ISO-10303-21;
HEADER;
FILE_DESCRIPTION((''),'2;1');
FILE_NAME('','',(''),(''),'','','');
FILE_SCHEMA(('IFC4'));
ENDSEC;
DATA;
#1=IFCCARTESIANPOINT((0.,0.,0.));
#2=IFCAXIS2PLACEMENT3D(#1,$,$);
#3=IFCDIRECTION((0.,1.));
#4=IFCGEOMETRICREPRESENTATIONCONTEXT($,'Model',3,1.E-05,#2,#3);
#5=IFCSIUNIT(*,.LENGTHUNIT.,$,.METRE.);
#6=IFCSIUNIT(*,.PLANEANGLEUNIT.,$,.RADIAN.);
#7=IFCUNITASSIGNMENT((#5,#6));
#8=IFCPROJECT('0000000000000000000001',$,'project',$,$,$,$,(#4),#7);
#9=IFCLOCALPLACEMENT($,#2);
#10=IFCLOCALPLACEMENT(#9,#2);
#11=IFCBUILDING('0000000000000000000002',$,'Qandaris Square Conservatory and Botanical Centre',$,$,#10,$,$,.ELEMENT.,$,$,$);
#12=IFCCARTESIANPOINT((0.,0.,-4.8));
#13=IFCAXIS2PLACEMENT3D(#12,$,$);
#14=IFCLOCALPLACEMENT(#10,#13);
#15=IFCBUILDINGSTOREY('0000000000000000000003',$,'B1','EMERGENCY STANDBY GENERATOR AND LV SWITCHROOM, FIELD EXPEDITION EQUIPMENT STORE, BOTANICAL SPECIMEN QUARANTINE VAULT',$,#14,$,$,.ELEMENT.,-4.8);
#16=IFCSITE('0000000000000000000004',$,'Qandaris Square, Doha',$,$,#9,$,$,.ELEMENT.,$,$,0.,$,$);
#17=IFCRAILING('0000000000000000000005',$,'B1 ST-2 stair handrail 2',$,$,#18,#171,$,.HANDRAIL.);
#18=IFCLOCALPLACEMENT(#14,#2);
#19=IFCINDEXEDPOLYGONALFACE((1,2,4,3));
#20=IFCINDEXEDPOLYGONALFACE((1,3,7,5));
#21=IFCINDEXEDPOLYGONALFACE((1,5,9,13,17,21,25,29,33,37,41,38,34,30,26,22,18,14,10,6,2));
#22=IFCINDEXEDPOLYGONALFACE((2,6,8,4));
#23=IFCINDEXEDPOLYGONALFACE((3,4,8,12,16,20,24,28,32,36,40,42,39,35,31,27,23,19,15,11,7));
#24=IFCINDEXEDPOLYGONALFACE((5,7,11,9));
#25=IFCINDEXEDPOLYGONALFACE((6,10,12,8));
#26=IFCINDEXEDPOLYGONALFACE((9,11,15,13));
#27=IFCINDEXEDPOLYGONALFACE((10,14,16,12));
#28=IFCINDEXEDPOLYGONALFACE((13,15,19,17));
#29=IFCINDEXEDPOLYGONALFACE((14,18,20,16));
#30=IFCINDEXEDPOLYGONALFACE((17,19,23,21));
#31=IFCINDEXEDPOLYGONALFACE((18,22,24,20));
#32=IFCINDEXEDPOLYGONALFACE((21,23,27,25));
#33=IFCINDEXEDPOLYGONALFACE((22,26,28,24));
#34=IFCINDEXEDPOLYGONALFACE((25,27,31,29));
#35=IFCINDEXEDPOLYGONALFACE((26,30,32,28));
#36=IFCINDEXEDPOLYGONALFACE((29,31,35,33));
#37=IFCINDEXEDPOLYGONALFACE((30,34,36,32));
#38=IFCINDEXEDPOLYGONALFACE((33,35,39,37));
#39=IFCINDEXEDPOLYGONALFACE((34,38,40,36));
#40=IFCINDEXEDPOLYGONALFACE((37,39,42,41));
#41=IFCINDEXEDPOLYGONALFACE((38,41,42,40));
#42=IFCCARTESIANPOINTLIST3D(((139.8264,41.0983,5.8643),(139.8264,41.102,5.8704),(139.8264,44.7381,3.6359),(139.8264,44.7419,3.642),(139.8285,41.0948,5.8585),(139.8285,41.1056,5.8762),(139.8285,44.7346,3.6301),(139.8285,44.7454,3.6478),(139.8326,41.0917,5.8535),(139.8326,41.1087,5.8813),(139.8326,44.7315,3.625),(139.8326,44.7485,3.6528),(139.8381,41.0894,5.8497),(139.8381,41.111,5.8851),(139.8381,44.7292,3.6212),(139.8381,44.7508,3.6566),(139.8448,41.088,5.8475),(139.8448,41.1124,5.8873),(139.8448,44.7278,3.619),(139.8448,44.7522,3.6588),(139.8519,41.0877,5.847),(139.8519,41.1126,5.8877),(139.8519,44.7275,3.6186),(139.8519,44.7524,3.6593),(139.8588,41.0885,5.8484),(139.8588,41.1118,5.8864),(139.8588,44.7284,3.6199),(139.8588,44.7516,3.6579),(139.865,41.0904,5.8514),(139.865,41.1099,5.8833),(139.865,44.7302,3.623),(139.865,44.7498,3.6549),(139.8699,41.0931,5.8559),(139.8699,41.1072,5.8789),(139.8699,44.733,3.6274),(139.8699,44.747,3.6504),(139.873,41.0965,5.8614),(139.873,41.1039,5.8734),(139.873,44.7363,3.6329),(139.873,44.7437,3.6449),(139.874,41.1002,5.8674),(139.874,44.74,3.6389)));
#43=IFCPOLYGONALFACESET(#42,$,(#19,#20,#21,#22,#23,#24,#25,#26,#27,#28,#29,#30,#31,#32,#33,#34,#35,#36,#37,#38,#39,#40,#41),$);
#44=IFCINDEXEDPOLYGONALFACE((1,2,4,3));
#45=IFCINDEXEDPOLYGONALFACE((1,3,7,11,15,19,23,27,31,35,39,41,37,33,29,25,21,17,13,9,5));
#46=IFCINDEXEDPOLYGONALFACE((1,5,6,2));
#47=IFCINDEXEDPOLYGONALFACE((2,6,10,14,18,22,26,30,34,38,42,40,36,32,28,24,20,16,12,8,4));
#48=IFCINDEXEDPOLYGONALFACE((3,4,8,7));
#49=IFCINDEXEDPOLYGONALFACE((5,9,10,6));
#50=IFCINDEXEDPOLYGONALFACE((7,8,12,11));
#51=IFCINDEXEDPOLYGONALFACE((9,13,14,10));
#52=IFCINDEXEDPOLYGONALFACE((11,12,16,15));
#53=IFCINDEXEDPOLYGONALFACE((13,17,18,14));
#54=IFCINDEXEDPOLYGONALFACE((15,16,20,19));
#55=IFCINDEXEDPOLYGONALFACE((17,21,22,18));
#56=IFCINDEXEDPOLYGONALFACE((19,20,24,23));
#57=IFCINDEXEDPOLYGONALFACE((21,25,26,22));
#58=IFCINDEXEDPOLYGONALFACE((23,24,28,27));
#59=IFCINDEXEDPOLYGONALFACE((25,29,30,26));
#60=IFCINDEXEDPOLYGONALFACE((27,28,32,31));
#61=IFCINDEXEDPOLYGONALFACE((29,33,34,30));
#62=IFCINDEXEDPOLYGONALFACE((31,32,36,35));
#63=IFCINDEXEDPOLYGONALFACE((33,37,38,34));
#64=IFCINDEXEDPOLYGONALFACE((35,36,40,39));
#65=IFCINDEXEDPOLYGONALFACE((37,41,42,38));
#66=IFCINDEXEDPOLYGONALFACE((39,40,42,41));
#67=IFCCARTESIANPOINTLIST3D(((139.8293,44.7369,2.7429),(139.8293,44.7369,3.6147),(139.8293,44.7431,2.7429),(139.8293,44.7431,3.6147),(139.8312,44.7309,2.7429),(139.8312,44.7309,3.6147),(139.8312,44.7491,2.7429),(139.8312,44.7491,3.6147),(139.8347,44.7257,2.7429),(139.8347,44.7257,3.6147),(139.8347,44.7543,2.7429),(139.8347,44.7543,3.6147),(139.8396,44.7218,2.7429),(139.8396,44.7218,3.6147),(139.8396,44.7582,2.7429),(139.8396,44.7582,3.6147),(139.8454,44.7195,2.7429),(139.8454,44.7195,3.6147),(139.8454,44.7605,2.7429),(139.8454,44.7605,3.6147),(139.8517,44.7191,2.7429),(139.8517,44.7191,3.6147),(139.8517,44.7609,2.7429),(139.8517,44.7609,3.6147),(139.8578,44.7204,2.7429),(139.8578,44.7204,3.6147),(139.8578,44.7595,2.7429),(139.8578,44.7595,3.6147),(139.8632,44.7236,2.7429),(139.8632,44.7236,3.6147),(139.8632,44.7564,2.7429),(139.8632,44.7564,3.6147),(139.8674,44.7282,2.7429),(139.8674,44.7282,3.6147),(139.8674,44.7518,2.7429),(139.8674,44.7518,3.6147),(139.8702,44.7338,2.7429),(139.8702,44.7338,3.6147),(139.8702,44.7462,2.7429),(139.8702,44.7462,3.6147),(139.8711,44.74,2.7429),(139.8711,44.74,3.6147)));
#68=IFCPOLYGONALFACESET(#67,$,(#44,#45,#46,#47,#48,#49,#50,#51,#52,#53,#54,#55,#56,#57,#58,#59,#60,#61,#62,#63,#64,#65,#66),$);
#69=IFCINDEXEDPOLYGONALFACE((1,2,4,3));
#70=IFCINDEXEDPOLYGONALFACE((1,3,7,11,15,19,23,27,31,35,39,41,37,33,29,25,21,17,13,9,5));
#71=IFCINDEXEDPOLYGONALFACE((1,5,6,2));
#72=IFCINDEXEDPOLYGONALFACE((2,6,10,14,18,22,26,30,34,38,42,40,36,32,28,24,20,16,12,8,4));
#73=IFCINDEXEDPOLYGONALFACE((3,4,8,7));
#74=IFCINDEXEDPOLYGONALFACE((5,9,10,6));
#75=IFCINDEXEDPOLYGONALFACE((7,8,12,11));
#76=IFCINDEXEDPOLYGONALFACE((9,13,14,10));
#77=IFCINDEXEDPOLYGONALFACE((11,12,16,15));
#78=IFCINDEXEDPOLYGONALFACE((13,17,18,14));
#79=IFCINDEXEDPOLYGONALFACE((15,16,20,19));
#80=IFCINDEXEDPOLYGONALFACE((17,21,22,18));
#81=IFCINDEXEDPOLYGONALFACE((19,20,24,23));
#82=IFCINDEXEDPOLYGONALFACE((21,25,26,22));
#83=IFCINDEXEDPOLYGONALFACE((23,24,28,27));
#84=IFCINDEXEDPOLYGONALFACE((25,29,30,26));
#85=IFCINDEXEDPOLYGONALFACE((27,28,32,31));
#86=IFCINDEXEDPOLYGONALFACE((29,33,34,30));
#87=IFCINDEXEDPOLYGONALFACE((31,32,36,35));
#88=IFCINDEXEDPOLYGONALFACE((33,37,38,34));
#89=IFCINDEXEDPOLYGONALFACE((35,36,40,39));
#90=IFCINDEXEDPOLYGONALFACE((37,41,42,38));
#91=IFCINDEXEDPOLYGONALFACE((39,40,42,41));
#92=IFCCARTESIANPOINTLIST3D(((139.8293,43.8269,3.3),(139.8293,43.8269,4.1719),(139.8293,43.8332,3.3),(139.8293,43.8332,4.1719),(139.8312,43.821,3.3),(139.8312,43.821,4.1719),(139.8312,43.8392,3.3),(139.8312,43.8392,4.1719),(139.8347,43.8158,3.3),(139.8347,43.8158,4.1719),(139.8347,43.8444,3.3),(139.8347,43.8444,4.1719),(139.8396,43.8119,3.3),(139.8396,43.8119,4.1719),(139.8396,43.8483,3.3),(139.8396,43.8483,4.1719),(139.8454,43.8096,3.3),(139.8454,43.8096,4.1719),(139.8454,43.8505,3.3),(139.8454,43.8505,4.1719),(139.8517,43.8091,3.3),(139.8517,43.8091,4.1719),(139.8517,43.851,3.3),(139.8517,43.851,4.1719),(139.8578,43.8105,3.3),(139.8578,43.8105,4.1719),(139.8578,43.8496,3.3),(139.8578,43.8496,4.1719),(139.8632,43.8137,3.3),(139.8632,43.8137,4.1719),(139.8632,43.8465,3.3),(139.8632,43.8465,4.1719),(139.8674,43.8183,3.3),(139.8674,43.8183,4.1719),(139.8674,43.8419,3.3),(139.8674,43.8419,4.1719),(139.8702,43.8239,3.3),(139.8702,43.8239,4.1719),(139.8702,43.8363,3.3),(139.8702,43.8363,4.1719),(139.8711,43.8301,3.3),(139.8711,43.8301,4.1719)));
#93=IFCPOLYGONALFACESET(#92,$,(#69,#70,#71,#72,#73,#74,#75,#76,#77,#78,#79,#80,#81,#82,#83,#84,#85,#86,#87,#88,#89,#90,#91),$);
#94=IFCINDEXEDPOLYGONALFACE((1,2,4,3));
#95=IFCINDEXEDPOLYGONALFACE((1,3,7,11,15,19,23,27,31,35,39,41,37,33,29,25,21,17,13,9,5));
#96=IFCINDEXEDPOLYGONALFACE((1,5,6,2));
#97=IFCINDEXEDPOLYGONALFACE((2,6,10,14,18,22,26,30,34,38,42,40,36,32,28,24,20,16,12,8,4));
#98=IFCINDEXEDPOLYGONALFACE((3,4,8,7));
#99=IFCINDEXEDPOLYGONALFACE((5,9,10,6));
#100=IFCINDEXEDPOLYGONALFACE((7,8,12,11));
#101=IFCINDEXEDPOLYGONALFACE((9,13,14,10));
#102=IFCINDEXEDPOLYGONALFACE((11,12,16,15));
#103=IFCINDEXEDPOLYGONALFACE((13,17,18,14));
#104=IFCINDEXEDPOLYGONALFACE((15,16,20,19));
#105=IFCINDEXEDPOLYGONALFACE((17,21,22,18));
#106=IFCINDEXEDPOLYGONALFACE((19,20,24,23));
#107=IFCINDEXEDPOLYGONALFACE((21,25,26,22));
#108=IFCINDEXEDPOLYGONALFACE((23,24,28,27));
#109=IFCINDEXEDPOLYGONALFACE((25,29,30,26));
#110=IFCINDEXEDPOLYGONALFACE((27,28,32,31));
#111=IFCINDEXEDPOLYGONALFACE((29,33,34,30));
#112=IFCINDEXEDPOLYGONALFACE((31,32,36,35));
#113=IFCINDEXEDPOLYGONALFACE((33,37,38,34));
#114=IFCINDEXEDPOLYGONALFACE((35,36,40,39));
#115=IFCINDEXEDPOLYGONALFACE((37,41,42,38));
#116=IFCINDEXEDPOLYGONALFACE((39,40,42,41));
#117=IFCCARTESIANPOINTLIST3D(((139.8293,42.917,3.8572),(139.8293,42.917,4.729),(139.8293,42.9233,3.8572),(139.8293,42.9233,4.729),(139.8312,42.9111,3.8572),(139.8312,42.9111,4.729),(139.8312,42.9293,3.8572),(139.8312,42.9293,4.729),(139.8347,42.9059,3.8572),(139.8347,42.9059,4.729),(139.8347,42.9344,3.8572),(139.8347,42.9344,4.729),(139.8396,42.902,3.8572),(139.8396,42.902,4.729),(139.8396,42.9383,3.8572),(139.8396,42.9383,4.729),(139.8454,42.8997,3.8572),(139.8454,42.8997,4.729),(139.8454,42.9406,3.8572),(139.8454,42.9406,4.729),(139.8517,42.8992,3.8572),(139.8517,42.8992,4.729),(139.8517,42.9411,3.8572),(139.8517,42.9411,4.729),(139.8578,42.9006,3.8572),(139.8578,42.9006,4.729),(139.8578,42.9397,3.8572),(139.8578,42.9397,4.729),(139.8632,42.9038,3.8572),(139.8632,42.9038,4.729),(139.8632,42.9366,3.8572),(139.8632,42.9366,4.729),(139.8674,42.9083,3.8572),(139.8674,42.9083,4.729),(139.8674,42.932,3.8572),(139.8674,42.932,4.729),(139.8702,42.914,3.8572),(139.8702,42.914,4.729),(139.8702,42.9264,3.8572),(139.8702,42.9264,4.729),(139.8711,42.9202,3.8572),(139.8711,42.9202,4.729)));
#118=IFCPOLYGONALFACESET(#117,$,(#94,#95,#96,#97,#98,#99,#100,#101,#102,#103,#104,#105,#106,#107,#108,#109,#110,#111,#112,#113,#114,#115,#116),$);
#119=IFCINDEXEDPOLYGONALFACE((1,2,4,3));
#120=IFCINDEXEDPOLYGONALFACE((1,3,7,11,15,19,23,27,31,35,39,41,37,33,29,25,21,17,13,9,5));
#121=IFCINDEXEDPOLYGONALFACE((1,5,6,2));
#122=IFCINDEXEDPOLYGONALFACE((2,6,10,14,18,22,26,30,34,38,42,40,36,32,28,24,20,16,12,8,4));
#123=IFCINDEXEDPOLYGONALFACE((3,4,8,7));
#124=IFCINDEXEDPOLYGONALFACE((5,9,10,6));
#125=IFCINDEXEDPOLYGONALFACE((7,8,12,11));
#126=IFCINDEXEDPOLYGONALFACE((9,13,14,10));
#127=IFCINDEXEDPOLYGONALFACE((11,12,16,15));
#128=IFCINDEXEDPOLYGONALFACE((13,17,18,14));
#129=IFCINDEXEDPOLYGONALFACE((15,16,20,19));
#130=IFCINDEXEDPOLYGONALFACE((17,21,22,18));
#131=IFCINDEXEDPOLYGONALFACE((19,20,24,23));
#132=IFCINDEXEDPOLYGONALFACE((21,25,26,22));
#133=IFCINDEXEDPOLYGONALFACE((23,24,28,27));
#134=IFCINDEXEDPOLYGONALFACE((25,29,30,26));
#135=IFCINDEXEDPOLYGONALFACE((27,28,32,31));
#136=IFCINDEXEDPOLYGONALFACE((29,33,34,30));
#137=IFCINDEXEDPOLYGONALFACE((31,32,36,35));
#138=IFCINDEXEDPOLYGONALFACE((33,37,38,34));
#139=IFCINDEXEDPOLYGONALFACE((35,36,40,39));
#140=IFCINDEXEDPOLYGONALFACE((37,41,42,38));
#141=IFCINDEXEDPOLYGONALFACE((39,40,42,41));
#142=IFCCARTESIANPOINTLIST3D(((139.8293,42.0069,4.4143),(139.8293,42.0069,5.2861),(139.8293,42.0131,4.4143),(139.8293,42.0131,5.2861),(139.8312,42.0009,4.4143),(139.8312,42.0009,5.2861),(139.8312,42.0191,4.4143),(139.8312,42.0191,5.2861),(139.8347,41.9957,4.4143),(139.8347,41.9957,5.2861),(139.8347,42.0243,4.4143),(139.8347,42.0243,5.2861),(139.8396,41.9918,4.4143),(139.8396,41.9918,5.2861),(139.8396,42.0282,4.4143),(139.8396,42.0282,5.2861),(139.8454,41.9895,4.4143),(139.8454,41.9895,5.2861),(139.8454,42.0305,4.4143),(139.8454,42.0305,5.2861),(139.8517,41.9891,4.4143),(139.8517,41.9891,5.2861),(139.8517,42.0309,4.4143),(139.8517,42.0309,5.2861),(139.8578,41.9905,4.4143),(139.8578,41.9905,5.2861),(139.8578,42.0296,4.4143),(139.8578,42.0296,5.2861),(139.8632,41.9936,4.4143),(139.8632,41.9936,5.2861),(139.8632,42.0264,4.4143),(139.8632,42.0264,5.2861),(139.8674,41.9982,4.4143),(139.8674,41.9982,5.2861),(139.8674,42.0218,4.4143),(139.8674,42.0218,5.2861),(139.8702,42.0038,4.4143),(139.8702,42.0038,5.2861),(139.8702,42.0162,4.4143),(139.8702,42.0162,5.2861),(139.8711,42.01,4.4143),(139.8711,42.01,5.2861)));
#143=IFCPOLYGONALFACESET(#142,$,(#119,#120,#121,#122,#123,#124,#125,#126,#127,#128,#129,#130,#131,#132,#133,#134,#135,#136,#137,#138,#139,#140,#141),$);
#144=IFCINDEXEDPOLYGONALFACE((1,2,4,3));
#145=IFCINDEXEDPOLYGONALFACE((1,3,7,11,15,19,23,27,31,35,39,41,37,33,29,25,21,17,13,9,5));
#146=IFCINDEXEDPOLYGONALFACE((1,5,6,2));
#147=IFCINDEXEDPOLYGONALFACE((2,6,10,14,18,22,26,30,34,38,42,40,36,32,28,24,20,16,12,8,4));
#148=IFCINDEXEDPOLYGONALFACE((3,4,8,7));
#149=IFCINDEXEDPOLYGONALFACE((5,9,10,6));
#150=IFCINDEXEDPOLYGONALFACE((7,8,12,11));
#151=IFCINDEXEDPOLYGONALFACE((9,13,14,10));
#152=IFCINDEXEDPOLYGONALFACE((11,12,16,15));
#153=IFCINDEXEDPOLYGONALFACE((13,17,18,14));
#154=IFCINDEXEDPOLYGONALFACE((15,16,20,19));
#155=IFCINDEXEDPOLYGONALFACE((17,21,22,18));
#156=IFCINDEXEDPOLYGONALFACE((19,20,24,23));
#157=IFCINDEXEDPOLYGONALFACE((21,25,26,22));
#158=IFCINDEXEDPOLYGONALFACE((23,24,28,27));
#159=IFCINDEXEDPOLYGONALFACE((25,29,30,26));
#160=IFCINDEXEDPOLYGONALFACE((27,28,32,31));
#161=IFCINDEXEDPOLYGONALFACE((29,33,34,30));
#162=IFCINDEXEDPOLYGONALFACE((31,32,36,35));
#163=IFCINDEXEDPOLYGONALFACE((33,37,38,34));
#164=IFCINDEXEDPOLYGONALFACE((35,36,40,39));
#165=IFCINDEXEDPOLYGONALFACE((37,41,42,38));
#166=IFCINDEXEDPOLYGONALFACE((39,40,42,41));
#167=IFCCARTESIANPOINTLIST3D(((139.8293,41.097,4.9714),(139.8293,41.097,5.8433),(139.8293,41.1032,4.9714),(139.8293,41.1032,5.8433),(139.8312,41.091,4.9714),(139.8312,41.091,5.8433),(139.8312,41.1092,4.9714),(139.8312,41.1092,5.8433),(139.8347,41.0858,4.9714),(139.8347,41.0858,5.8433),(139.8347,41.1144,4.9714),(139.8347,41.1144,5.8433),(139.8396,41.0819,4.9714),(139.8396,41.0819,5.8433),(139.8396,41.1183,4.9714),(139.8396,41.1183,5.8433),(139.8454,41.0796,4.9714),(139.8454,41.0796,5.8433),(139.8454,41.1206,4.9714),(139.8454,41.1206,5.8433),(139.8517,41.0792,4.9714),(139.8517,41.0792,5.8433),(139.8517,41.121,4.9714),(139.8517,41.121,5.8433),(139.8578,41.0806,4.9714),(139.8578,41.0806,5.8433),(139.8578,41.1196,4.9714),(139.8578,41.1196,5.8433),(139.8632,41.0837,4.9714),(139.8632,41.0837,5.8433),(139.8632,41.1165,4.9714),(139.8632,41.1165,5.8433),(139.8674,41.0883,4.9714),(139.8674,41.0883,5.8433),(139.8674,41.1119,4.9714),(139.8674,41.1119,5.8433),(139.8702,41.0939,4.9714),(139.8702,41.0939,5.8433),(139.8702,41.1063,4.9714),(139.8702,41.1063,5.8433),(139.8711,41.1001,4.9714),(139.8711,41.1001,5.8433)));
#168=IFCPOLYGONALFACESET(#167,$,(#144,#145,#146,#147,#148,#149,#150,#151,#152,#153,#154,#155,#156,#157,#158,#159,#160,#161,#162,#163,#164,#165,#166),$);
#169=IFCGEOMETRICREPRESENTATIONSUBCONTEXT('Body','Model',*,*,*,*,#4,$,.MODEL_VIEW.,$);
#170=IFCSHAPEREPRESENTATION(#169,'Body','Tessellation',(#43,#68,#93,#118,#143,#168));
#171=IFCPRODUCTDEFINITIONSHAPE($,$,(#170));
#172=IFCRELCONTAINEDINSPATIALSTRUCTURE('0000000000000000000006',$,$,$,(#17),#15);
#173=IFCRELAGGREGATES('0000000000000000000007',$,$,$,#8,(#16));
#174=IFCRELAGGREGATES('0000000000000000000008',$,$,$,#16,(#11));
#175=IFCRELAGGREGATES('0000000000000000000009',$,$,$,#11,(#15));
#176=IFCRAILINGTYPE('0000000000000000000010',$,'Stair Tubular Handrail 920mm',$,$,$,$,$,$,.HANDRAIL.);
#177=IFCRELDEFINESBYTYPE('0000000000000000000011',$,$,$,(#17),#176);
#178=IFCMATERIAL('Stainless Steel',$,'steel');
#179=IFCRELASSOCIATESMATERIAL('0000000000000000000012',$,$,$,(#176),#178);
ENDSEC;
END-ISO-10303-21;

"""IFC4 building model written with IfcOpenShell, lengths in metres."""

from ifc_helpers import new_model, si_unit, direction, frame, origin, origin_2d, place, context, subcontext, project, spatial, circle, extrude, material, type_object, element, save


model = new_model("IFC4")

# Units and contexts
model_context = context("Model", 3, precision=1e-05, world=origin(), true_north=direction((0.0, 1.0)))
body_context = subcontext(model_context, "Body", "Model", "MODEL_VIEW")
ifc_project = project(units=[si_unit("LENGTHUNIT", "METRE"), si_unit("PLANEANGLEUNIT", "RADIAN")], contexts=[model_context])

# Site, building, storey
site_placement = place(None, origin())
site = spatial("IfcSite", under=ifc_project, at=site_placement, Name="Qandaris Square, Doha", CompositionType="ELEMENT", RefElevation=0.0)
building_placement = place(site_placement, origin())
building = spatial("IfcBuilding", under=site, at=building_placement, Name="Qandaris Square Conservatory and Botanical Centre", CompositionType="ELEMENT")
storey_placement = place(building_placement, frame((0.0, 0.0, -4.8)))
storey = spatial("IfcBuildingStorey", under=building, at=storey_placement, Name="B1", Description="EMERGENCY STANDBY GENERATOR AND LV SWITCHROOM, FIELD EXPEDITION EQUIPMENT STORE, BOTANICAL SPECIMEN QUARANTINE VAULT", CompositionType="ELEMENT", Elevation=-4.8)

# Railing
ifc_material_1 = material(Name="Stainless Steel", Category="steel")
railing_type = type_object("IfcRailingType", Name="Stair Tubular Handrail 920mm", PredefinedType="HANDRAIL", material=ifc_material_1)
railing_placement = place(storey_placement, frame((139.8501, 44.74, 2.7429)))
element("IfcRailing", 1, at=railing_placement, inside=storey, type_object=railing_type, Name="B1 ST-2 stair handrail 2", PredefinedType="HANDRAIL", context=body_context, shape_type="SweptSolid", body=[
    extrude(circle(Radius=0.0239, at=origin_2d()), frame((0.0, 0.0, 0.896), z_axis=(0.0, -0.85285, 0.522156), x_axis=(1.0, 0.0, 0.0)), (0.0, 0.0, 1.0), 4.2678),
    extrude(circle(Radius=0.021, at=origin_2d()), origin(), (0.0, 0.0, 1.0), 0.8718),
    extrude(circle(Radius=0.021, at=origin_2d()), frame((0.0, -0.9099, 0.5571)), (0.0, 0.0, 1.0), 0.8718),
    extrude(circle(Radius=0.021, at=origin_2d()), frame((0.0, -1.8198, 1.1143)), (0.0, 0.0, 1.0), 0.8718),
    extrude(circle(Radius=0.021, at=origin_2d()), frame((0.0, -2.73, 1.6714)), (0.0, 0.0, 1.0), 0.8718),
    extrude(circle(Radius=0.021, at=origin_2d()), frame((0.0, -3.6399, 2.2285)), (0.0, 0.0, 1.0), 0.8718),
])

save(model, "model.ifc")
